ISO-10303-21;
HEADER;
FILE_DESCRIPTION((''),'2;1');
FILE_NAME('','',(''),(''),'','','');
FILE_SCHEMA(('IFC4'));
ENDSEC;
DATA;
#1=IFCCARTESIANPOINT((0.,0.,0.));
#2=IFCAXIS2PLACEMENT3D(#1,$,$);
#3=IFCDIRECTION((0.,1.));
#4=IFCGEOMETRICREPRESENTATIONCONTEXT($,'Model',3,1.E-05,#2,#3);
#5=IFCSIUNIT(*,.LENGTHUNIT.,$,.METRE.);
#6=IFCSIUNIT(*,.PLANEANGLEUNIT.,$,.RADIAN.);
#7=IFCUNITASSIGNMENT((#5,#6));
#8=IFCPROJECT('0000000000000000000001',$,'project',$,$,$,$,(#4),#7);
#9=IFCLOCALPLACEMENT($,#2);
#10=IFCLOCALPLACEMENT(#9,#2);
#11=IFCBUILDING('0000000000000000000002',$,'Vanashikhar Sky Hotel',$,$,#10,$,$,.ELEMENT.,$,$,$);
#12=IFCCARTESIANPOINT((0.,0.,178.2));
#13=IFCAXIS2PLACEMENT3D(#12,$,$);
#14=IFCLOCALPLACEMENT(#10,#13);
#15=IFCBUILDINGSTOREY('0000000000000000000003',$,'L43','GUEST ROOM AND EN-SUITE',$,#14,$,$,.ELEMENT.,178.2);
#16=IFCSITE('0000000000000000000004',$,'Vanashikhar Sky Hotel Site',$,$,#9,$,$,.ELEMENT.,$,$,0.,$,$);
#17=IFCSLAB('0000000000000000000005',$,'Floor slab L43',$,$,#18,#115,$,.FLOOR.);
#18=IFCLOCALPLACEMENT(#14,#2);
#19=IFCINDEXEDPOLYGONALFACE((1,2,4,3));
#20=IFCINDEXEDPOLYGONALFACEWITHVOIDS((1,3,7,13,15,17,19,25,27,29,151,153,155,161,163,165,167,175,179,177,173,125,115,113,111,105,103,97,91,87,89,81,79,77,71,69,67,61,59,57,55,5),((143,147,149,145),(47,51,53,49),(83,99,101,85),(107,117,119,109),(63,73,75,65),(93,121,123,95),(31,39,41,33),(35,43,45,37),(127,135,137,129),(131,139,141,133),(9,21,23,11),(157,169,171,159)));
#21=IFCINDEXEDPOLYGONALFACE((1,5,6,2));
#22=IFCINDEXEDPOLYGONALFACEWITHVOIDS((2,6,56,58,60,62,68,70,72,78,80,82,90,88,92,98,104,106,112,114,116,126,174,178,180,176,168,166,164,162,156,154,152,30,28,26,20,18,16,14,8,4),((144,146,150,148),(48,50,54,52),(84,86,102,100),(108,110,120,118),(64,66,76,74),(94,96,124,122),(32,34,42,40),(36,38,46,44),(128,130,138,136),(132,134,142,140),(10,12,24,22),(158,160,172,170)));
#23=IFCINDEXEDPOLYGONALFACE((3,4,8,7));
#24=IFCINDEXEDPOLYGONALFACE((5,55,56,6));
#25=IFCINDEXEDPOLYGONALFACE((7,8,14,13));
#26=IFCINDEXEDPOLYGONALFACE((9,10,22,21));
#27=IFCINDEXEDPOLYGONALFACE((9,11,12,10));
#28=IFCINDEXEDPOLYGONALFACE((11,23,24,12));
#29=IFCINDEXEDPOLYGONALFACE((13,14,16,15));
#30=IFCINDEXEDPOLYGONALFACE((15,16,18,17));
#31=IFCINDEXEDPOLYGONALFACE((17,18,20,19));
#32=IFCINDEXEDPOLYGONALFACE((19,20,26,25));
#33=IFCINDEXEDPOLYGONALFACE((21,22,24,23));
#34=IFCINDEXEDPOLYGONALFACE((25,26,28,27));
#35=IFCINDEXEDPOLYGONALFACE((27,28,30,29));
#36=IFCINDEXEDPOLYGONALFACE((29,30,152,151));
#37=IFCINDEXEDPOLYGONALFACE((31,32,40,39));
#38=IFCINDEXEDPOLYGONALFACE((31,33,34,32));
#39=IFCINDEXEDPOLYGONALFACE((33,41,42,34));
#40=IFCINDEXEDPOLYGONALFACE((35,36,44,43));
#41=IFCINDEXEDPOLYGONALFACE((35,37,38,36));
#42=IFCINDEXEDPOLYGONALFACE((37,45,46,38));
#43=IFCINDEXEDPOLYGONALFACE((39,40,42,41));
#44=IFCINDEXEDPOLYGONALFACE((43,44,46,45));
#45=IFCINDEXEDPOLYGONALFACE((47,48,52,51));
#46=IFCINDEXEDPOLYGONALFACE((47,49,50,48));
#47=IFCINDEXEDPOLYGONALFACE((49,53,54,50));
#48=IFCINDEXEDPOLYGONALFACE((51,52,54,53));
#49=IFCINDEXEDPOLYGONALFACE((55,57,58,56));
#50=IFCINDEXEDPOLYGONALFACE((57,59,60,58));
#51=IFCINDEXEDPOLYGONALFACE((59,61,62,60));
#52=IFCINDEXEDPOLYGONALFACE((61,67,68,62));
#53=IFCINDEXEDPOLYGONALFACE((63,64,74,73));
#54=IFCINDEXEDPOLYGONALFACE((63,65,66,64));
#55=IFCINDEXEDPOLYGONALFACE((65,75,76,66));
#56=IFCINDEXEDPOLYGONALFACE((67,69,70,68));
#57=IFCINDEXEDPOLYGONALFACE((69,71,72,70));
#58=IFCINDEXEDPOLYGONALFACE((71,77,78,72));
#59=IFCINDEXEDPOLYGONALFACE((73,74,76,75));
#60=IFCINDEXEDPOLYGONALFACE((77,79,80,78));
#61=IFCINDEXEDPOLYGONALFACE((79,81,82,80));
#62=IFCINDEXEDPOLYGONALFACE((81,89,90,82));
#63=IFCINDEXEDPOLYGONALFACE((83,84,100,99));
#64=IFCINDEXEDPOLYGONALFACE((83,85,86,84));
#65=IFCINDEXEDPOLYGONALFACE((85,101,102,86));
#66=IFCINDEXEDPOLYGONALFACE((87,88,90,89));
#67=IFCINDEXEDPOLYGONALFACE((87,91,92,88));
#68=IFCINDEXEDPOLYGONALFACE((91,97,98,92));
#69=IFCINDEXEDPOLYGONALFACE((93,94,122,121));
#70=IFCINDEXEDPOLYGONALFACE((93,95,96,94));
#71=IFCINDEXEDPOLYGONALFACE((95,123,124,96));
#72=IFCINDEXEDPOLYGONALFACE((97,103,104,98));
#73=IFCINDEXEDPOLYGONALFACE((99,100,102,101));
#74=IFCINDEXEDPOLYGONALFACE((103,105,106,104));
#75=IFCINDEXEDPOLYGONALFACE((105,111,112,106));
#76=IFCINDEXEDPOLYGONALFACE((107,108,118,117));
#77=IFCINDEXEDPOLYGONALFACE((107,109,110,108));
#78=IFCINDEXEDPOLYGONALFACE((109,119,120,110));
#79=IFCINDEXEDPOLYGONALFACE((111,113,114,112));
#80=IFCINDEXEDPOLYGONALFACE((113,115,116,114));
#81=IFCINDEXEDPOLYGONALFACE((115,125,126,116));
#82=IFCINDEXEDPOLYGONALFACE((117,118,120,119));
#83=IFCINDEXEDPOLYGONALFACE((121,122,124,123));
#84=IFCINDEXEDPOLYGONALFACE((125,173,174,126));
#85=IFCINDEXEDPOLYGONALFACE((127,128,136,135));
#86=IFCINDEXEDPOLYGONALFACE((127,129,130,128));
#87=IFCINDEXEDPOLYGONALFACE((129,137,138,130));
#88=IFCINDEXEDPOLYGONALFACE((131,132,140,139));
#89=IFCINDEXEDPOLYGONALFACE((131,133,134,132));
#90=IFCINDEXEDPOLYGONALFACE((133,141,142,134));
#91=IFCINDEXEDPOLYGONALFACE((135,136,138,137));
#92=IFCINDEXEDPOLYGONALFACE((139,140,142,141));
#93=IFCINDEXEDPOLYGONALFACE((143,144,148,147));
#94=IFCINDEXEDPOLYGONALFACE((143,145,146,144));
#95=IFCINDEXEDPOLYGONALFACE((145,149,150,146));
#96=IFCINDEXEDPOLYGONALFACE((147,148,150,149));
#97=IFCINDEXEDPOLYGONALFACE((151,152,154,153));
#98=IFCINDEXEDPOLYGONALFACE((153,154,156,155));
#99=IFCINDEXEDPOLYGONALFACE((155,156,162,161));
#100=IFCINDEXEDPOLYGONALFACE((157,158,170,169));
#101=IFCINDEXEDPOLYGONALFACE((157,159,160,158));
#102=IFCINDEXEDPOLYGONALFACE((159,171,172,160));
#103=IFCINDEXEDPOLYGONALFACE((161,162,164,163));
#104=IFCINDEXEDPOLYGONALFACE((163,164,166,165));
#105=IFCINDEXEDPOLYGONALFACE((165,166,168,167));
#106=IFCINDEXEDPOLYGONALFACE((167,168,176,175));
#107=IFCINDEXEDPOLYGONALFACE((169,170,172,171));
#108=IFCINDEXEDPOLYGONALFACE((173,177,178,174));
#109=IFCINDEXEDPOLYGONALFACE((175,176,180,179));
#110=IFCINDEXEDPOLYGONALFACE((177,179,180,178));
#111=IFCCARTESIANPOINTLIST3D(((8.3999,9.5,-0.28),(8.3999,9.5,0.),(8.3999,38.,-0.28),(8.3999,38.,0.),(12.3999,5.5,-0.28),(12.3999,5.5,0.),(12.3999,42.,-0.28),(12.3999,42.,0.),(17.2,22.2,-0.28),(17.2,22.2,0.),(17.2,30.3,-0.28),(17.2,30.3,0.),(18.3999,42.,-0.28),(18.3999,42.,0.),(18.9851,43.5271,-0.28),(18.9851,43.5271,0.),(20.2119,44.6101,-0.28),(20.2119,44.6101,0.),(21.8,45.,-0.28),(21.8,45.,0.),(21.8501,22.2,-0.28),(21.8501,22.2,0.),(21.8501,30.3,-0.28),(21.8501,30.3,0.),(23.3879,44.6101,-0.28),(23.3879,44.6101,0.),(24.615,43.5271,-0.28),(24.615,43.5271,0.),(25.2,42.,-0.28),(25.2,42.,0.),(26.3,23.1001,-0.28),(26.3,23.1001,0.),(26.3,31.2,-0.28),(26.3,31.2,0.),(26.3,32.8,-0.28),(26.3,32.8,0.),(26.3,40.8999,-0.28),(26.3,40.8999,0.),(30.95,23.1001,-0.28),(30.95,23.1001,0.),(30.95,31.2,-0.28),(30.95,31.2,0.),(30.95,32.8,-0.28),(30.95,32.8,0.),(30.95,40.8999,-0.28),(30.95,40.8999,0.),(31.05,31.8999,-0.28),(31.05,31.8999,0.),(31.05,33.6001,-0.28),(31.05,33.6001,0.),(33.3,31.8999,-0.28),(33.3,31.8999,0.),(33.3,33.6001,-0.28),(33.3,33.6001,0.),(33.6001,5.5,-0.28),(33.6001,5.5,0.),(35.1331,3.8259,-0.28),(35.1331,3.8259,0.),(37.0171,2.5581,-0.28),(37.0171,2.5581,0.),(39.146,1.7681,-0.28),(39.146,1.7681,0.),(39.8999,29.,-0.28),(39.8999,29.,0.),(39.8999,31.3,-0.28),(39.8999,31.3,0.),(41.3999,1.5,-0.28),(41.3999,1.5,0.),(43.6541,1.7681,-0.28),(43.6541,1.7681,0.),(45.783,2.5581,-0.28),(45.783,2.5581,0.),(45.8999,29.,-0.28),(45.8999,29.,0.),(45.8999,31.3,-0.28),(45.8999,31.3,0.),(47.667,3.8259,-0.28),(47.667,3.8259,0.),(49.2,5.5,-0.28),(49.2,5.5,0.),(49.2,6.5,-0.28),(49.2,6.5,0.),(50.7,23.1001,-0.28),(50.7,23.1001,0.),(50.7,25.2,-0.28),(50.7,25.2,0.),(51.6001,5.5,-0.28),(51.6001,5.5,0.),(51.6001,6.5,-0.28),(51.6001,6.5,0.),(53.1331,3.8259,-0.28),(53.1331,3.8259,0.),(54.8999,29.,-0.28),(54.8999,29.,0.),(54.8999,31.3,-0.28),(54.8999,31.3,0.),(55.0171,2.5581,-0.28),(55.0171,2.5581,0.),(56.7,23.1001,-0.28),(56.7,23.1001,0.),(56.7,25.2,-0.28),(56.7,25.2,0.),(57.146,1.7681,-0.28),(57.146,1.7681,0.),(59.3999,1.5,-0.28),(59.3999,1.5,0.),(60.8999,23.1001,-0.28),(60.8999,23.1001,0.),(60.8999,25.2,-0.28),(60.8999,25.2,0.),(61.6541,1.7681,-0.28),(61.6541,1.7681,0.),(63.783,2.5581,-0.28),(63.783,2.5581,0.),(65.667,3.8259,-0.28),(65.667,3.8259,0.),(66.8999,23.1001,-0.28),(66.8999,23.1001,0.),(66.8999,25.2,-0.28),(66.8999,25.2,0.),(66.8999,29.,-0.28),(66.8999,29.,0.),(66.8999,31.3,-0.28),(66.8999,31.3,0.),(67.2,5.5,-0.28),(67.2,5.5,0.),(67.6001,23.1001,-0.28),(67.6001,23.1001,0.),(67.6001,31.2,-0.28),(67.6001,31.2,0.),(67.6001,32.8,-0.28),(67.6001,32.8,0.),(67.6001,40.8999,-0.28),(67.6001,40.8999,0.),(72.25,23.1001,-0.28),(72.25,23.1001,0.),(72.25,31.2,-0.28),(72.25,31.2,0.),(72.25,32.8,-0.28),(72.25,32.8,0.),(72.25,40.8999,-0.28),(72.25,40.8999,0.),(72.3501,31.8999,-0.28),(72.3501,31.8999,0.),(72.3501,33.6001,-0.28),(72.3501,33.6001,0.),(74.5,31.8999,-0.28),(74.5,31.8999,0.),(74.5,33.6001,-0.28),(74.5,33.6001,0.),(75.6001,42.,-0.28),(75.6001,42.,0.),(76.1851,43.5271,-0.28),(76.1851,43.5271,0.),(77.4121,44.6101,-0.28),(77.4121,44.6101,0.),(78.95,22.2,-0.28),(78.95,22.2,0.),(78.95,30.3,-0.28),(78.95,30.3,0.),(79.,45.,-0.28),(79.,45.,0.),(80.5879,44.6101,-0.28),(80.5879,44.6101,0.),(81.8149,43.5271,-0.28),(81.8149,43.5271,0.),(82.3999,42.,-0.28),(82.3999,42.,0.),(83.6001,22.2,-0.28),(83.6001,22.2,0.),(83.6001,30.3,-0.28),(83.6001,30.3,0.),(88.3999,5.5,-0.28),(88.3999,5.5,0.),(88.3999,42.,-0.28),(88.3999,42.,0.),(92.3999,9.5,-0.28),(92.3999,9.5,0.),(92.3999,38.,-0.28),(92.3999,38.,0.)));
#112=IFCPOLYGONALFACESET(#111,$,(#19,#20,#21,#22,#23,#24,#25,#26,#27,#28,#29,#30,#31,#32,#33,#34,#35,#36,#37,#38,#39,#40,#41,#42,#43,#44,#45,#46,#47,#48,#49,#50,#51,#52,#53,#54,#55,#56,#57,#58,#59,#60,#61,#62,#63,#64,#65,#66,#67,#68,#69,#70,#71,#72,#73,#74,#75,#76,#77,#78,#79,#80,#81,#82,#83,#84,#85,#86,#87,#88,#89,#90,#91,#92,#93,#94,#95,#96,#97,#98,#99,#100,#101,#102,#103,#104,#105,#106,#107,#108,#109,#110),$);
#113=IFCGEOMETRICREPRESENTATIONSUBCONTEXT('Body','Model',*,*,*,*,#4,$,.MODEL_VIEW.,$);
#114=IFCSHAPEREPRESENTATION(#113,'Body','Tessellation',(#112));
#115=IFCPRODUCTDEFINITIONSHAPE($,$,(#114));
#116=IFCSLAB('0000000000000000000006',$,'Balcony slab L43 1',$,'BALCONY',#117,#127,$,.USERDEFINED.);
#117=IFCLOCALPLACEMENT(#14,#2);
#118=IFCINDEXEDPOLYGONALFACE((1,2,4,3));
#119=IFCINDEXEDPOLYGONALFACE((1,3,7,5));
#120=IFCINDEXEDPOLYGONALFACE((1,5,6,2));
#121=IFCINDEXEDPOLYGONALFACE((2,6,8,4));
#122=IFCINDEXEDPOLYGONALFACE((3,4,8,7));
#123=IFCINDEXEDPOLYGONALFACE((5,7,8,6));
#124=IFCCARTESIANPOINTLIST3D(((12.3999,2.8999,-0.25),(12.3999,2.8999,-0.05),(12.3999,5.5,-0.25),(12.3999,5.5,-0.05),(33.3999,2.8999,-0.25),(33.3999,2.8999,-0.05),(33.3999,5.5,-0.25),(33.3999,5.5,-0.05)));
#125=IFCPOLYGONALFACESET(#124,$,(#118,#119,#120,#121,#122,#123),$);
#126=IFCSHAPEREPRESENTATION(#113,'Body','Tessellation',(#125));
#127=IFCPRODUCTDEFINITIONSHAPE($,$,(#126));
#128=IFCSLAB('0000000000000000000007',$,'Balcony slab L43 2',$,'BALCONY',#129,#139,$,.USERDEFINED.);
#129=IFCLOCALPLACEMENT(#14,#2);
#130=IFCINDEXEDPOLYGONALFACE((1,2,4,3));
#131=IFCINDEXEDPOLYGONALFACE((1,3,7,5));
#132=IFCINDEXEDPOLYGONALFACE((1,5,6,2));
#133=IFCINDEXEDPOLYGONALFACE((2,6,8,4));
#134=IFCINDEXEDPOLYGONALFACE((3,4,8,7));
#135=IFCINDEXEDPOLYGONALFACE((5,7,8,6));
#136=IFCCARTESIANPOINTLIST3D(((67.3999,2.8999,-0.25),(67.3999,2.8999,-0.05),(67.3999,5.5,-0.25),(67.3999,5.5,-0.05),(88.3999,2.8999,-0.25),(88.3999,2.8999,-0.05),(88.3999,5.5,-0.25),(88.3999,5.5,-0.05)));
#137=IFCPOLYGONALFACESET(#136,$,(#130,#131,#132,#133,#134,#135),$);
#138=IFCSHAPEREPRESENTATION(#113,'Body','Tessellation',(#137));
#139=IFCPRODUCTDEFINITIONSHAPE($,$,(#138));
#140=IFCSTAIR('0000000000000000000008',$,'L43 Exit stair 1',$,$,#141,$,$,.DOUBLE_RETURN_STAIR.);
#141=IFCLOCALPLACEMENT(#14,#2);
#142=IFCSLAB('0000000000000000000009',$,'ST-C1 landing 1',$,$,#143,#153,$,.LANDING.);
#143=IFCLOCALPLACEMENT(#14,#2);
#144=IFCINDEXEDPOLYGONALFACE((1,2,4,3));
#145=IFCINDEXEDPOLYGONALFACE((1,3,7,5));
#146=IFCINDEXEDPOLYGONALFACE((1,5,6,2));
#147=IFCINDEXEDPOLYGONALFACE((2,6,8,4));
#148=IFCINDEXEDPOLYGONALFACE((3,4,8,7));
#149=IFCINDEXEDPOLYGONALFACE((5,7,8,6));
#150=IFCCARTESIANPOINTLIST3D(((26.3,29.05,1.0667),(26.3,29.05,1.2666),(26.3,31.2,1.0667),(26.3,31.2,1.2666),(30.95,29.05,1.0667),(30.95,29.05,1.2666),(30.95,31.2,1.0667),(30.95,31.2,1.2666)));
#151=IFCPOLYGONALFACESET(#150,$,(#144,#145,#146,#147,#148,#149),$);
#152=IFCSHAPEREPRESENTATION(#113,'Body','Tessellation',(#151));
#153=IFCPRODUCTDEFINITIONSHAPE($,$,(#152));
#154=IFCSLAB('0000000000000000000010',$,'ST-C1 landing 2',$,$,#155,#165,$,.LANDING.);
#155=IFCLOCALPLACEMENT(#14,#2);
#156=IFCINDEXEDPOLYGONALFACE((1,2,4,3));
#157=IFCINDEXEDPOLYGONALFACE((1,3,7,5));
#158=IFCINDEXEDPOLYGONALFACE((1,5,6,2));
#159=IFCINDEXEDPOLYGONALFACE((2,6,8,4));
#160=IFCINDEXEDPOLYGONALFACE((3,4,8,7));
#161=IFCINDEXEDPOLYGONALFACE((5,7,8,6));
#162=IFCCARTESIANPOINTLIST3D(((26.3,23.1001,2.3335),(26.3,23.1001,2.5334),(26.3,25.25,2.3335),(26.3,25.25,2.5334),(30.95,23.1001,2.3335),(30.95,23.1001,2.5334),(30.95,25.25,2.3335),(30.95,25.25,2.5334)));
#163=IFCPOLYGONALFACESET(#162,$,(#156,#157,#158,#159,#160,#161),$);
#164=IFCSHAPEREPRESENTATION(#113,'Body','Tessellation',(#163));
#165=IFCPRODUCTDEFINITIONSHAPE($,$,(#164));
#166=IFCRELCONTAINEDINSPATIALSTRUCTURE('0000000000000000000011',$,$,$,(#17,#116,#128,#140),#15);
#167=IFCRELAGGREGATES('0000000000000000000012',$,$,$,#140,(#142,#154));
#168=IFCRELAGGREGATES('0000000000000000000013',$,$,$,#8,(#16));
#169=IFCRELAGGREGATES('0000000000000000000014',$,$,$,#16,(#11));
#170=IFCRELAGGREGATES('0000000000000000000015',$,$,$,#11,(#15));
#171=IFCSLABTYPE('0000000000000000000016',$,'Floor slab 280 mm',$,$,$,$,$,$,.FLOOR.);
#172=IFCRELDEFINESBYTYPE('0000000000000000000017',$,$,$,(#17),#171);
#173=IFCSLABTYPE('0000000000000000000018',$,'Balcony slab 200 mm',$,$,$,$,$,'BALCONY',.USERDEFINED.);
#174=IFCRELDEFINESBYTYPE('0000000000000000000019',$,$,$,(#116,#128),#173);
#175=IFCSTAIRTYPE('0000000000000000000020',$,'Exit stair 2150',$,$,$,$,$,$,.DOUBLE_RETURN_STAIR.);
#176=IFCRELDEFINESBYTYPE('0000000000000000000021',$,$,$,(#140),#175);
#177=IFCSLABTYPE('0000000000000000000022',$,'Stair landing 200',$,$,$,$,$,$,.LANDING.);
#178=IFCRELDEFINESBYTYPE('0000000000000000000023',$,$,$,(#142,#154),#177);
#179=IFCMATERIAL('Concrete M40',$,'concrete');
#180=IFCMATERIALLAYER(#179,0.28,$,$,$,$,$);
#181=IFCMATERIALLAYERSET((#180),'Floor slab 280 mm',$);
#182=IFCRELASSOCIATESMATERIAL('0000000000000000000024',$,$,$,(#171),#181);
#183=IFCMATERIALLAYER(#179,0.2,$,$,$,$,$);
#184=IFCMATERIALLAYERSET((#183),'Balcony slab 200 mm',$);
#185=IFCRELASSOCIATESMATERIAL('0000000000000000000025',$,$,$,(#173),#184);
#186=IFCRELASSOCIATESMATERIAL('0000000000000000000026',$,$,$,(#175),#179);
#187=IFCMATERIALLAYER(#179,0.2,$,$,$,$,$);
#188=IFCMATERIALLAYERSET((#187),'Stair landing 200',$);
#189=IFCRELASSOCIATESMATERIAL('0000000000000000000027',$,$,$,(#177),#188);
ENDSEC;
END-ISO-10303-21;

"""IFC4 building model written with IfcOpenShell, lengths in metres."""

from ifc_helpers import new_model, si_unit, direction, frame, origin, place, context, subcontext, project, spatial, polyline, outline, extrude, source, transform, mapped, material, layer, layer_set, type_object, element, aggregate, save


model = new_model("IFC4")

# Units and contexts
model_context = context("Model", 3, precision=1e-05, world=origin(), true_north=direction((0.0, 1.0)))
body_context = subcontext(model_context, "Body", "Model", "MODEL_VIEW")
ifc_project = project(units=[si_unit("LENGTHUNIT", "METRE"), si_unit("PLANEANGLEUNIT", "RADIAN")], contexts=[model_context])

# Site, building, storey
site_placement = place(None, origin())
site = spatial("IfcSite", under=ifc_project, at=site_placement, Name="Vanashikhar Sky Hotel Site", CompositionType="ELEMENT", RefElevation=0.0)
building_placement = place(site_placement, origin())
building = spatial("IfcBuilding", under=site, at=building_placement, Name="Vanashikhar Sky Hotel", CompositionType="ELEMENT")
storey_placement = place(building_placement, frame((0.0, 0.0, 178.2)))
storey = spatial("IfcBuildingStorey", under=building, at=storey_placement, Name="L43", Description="GUEST ROOM AND EN-SUITE", CompositionType="ELEMENT", Elevation=178.2)

# Slabs
ifc_material = material(Name="Concrete M40", Category="concrete")
ifc_layer_1 = layer(ifc_material, 0.28)
ifc_layer_set_1 = layer_set([ifc_layer_1], Name="Floor slab 280 mm")
slab_type_1 = type_object("IfcSlabType", Name="Floor slab 280 mm", PredefinedType="FLOOR", material=ifc_layer_set_1)
shared_shape_1 = source(origin(), body_context, "Body", "SweptSolid", [
    extrude(outline(polyline([(49.2, 5.5), (49.2, 6.5), (51.6001, 6.5), (51.6001, 5.5), (53.1331, 3.8259), (55.0171, 2.5581), (57.146, 1.7681), (59.3999, 1.5), (61.6541, 1.7681), (63.783, 2.5581), (65.667, 3.8259), (67.2, 5.5), (88.3999, 5.5), (92.3999, 9.5), (92.3999, 38.0), (88.3999, 42.0), (82.3999, 42.0), (81.8149, 43.5271), (80.5879, 44.6101), (79.0, 45.0), (77.4121, 44.6101), (76.1851, 43.5271), (75.6001, 42.0), (25.2, 42.0), (24.615, 43.5271), (23.3879, 44.6101), (21.8, 45.0), (20.2119, 44.6101), (18.9851, 43.5271), (18.3999, 42.0), (12.3999, 42.0), (8.3999, 38.0), (8.3999, 9.5), (12.3999, 5.5), (33.6001, 5.5), (35.1331, 3.8259), (37.0171, 2.5581), (39.146, 1.7681), (41.3999, 1.5), (43.6541, 1.7681), (45.783, 2.5581), (47.667, 3.8259), (49.2, 5.5)]), holes=[polyline([(33.3, 33.6001), (31.05, 33.6001), (31.05, 31.8999), (33.3, 31.8999), (33.3, 33.6001)]), polyline([(39.8999, 31.3), (39.8999, 29.0), (45.8999, 29.0), (45.8999, 31.3), (39.8999, 31.3)]), polyline([(50.7, 25.2), (50.7, 23.1001), (56.7, 23.1001), (56.7, 25.2), (50.7, 25.2)]), polyline([(66.8999, 29.0), (66.8999, 31.3), (54.8999, 31.3), (54.8999, 29.0), (66.8999, 29.0)]), polyline([(60.8999, 25.2), (60.8999, 23.1001), (66.8999, 23.1001), (66.8999, 25.2), (60.8999, 25.2)]), polyline([(74.5, 33.6001), (72.3501, 33.6001), (72.3501, 31.8999), (74.5, 31.8999), (74.5, 33.6001)]), polyline([(30.95, 23.1001), (30.95, 31.2), (26.3, 31.2), (26.3, 23.1001), (30.95, 23.1001)]), polyline([(72.25, 23.1001), (72.25, 31.2), (67.6001, 31.2), (67.6001, 23.1001), (72.25, 23.1001)]), polyline([(30.95, 32.8), (30.95, 40.8999), (26.3, 40.8999), (26.3, 32.8), (30.95, 32.8)]), polyline([(72.25, 32.8), (72.25, 40.8999), (67.6001, 40.8999), (67.6001, 32.8), (72.25, 32.8)]), polyline([(83.6001, 22.2), (83.6001, 30.3), (78.95, 30.3), (78.95, 22.2), (83.6001, 22.2)]), polyline([(21.8501, 22.2), (21.8501, 30.3), (17.2, 30.3), (17.2, 22.2), (21.8501, 22.2)])]), origin(), (0.0, 0.0, 1.0), 0.28),
])
slab_1_placement = place(storey_placement, frame((0.0, 0.0, -0.28)))
element("IfcSlab", 1, at=slab_1_placement, inside=storey, type_object=slab_type_1, Name="Floor slab L43", PredefinedType="FLOOR", context=body_context, shape_type="MappedRepresentation", body=[
    mapped(shared_shape_1, transform((0.0, 0.0, 0.0), scale=1.0)),
])
ifc_layer_2 = layer(ifc_material, 0.2)
ifc_layer_set_2 = layer_set([ifc_layer_2], Name="Balcony slab 200 mm")
slab_type_2 = type_object("IfcSlabType", Name="Balcony slab 200 mm", ElementType="BALCONY", PredefinedType="USERDEFINED", material=ifc_layer_set_2)
shared_shape_2 = source(origin(), body_context, "Body", "SweptSolid", [
    extrude(outline(polyline([(12.3999, 2.8999), (33.3999, 2.8999), (33.3999, 5.5), (12.3999, 5.5), (12.3999, 2.8999)])), origin(), (0.0, 0.0, 1.0), 0.2),
])
slab_2_placement = place(storey_placement, frame((0.0, 0.0, -0.25)))
element("IfcSlab", 2, at=slab_2_placement, inside=storey, type_object=slab_type_2, Name="Balcony slab L43 1", ObjectType="BALCONY", PredefinedType="USERDEFINED", context=body_context, shape_type="MappedRepresentation", body=[
    mapped(shared_shape_2, transform((0.0, 0.0, 0.0), scale=1.0)),
])
shared_shape_3 = source(origin(), body_context, "Body", "SweptSolid", [
    extrude(outline(polyline([(67.3999, 2.8999), (88.3999, 2.8999), (88.3999, 5.5), (67.3999, 5.5), (67.3999, 2.8999)])), origin(), (0.0, 0.0, 1.0), 0.2),
])
slab_3_placement = place(storey_placement, frame((0.0, 0.0, -0.25)))
element("IfcSlab", 3, at=slab_3_placement, inside=storey, type_object=slab_type_2, Name="Balcony slab L43 2", ObjectType="BALCONY", PredefinedType="USERDEFINED", context=body_context, shape_type="MappedRepresentation", body=[
    mapped(shared_shape_3, transform((0.0, 0.0, 0.0), scale=1.0)),
])

# Stair, slabs
stair_type = type_object("IfcStairType", Name="Exit stair 2150", PredefinedType="DOUBLE_RETURN_STAIR", material=ifc_material)
stair_1_placement = place(storey_placement, origin())
stair_1 = element("IfcStair", 4, at=stair_1_placement, inside=storey, type_object=stair_type, Name="L43 Exit stair 1", PredefinedType="DOUBLE_RETURN_STAIR")
ifc_layer_3 = layer(ifc_material, 0.2)
ifc_layer_set_3 = layer_set([ifc_layer_3], Name="Stair landing 200")
slab_type_3 = type_object("IfcSlabType", Name="Stair landing 200", PredefinedType="LANDING", material=ifc_layer_set_3)
shared_shape_4 = source(origin(), body_context, "Body", "SweptSolid", [
    extrude(outline(polyline([(30.95, 29.05), (30.95, 31.2), (26.3, 31.2), (26.3, 29.05), (30.95, 29.05)])), origin(), (0.0, 0.0, 1.0), 0.2),
])
slab_4_placement = place(storey_placement, frame((0.0, 0.0, 1.0667)))
slab_4 = element("IfcSlab", 5, at=slab_4_placement, type_object=slab_type_3, Name="ST-C1 landing 1", PredefinedType="LANDING", context=body_context, shape_type="MappedRepresentation", body=[
    mapped(shared_shape_4, transform((0.0, 0.0, 0.0), scale=1.0)),
])
shared_shape_5 = source(origin(), body_context, "Body", "SweptSolid", [
    extrude(outline(polyline([(30.95, 23.1001), (30.95, 25.25), (26.3, 25.25), (26.3, 23.1001), (30.95, 23.1001)])), origin(), (0.0, 0.0, 1.0), 0.2),
])
slab_5_placement = place(storey_placement, frame((0.0, 0.0, 2.3335)))
slab_5 = element("IfcSlab", 6, at=slab_5_placement, type_object=slab_type_3, Name="ST-C1 landing 2", PredefinedType="LANDING", context=body_context, shape_type="MappedRepresentation", body=[
    mapped(shared_shape_5, transform((0.0, 0.0, 0.0), scale=1.0)),
])
aggregate(stair_1, [slab_4, slab_5])

save(model, "model.ifc")
